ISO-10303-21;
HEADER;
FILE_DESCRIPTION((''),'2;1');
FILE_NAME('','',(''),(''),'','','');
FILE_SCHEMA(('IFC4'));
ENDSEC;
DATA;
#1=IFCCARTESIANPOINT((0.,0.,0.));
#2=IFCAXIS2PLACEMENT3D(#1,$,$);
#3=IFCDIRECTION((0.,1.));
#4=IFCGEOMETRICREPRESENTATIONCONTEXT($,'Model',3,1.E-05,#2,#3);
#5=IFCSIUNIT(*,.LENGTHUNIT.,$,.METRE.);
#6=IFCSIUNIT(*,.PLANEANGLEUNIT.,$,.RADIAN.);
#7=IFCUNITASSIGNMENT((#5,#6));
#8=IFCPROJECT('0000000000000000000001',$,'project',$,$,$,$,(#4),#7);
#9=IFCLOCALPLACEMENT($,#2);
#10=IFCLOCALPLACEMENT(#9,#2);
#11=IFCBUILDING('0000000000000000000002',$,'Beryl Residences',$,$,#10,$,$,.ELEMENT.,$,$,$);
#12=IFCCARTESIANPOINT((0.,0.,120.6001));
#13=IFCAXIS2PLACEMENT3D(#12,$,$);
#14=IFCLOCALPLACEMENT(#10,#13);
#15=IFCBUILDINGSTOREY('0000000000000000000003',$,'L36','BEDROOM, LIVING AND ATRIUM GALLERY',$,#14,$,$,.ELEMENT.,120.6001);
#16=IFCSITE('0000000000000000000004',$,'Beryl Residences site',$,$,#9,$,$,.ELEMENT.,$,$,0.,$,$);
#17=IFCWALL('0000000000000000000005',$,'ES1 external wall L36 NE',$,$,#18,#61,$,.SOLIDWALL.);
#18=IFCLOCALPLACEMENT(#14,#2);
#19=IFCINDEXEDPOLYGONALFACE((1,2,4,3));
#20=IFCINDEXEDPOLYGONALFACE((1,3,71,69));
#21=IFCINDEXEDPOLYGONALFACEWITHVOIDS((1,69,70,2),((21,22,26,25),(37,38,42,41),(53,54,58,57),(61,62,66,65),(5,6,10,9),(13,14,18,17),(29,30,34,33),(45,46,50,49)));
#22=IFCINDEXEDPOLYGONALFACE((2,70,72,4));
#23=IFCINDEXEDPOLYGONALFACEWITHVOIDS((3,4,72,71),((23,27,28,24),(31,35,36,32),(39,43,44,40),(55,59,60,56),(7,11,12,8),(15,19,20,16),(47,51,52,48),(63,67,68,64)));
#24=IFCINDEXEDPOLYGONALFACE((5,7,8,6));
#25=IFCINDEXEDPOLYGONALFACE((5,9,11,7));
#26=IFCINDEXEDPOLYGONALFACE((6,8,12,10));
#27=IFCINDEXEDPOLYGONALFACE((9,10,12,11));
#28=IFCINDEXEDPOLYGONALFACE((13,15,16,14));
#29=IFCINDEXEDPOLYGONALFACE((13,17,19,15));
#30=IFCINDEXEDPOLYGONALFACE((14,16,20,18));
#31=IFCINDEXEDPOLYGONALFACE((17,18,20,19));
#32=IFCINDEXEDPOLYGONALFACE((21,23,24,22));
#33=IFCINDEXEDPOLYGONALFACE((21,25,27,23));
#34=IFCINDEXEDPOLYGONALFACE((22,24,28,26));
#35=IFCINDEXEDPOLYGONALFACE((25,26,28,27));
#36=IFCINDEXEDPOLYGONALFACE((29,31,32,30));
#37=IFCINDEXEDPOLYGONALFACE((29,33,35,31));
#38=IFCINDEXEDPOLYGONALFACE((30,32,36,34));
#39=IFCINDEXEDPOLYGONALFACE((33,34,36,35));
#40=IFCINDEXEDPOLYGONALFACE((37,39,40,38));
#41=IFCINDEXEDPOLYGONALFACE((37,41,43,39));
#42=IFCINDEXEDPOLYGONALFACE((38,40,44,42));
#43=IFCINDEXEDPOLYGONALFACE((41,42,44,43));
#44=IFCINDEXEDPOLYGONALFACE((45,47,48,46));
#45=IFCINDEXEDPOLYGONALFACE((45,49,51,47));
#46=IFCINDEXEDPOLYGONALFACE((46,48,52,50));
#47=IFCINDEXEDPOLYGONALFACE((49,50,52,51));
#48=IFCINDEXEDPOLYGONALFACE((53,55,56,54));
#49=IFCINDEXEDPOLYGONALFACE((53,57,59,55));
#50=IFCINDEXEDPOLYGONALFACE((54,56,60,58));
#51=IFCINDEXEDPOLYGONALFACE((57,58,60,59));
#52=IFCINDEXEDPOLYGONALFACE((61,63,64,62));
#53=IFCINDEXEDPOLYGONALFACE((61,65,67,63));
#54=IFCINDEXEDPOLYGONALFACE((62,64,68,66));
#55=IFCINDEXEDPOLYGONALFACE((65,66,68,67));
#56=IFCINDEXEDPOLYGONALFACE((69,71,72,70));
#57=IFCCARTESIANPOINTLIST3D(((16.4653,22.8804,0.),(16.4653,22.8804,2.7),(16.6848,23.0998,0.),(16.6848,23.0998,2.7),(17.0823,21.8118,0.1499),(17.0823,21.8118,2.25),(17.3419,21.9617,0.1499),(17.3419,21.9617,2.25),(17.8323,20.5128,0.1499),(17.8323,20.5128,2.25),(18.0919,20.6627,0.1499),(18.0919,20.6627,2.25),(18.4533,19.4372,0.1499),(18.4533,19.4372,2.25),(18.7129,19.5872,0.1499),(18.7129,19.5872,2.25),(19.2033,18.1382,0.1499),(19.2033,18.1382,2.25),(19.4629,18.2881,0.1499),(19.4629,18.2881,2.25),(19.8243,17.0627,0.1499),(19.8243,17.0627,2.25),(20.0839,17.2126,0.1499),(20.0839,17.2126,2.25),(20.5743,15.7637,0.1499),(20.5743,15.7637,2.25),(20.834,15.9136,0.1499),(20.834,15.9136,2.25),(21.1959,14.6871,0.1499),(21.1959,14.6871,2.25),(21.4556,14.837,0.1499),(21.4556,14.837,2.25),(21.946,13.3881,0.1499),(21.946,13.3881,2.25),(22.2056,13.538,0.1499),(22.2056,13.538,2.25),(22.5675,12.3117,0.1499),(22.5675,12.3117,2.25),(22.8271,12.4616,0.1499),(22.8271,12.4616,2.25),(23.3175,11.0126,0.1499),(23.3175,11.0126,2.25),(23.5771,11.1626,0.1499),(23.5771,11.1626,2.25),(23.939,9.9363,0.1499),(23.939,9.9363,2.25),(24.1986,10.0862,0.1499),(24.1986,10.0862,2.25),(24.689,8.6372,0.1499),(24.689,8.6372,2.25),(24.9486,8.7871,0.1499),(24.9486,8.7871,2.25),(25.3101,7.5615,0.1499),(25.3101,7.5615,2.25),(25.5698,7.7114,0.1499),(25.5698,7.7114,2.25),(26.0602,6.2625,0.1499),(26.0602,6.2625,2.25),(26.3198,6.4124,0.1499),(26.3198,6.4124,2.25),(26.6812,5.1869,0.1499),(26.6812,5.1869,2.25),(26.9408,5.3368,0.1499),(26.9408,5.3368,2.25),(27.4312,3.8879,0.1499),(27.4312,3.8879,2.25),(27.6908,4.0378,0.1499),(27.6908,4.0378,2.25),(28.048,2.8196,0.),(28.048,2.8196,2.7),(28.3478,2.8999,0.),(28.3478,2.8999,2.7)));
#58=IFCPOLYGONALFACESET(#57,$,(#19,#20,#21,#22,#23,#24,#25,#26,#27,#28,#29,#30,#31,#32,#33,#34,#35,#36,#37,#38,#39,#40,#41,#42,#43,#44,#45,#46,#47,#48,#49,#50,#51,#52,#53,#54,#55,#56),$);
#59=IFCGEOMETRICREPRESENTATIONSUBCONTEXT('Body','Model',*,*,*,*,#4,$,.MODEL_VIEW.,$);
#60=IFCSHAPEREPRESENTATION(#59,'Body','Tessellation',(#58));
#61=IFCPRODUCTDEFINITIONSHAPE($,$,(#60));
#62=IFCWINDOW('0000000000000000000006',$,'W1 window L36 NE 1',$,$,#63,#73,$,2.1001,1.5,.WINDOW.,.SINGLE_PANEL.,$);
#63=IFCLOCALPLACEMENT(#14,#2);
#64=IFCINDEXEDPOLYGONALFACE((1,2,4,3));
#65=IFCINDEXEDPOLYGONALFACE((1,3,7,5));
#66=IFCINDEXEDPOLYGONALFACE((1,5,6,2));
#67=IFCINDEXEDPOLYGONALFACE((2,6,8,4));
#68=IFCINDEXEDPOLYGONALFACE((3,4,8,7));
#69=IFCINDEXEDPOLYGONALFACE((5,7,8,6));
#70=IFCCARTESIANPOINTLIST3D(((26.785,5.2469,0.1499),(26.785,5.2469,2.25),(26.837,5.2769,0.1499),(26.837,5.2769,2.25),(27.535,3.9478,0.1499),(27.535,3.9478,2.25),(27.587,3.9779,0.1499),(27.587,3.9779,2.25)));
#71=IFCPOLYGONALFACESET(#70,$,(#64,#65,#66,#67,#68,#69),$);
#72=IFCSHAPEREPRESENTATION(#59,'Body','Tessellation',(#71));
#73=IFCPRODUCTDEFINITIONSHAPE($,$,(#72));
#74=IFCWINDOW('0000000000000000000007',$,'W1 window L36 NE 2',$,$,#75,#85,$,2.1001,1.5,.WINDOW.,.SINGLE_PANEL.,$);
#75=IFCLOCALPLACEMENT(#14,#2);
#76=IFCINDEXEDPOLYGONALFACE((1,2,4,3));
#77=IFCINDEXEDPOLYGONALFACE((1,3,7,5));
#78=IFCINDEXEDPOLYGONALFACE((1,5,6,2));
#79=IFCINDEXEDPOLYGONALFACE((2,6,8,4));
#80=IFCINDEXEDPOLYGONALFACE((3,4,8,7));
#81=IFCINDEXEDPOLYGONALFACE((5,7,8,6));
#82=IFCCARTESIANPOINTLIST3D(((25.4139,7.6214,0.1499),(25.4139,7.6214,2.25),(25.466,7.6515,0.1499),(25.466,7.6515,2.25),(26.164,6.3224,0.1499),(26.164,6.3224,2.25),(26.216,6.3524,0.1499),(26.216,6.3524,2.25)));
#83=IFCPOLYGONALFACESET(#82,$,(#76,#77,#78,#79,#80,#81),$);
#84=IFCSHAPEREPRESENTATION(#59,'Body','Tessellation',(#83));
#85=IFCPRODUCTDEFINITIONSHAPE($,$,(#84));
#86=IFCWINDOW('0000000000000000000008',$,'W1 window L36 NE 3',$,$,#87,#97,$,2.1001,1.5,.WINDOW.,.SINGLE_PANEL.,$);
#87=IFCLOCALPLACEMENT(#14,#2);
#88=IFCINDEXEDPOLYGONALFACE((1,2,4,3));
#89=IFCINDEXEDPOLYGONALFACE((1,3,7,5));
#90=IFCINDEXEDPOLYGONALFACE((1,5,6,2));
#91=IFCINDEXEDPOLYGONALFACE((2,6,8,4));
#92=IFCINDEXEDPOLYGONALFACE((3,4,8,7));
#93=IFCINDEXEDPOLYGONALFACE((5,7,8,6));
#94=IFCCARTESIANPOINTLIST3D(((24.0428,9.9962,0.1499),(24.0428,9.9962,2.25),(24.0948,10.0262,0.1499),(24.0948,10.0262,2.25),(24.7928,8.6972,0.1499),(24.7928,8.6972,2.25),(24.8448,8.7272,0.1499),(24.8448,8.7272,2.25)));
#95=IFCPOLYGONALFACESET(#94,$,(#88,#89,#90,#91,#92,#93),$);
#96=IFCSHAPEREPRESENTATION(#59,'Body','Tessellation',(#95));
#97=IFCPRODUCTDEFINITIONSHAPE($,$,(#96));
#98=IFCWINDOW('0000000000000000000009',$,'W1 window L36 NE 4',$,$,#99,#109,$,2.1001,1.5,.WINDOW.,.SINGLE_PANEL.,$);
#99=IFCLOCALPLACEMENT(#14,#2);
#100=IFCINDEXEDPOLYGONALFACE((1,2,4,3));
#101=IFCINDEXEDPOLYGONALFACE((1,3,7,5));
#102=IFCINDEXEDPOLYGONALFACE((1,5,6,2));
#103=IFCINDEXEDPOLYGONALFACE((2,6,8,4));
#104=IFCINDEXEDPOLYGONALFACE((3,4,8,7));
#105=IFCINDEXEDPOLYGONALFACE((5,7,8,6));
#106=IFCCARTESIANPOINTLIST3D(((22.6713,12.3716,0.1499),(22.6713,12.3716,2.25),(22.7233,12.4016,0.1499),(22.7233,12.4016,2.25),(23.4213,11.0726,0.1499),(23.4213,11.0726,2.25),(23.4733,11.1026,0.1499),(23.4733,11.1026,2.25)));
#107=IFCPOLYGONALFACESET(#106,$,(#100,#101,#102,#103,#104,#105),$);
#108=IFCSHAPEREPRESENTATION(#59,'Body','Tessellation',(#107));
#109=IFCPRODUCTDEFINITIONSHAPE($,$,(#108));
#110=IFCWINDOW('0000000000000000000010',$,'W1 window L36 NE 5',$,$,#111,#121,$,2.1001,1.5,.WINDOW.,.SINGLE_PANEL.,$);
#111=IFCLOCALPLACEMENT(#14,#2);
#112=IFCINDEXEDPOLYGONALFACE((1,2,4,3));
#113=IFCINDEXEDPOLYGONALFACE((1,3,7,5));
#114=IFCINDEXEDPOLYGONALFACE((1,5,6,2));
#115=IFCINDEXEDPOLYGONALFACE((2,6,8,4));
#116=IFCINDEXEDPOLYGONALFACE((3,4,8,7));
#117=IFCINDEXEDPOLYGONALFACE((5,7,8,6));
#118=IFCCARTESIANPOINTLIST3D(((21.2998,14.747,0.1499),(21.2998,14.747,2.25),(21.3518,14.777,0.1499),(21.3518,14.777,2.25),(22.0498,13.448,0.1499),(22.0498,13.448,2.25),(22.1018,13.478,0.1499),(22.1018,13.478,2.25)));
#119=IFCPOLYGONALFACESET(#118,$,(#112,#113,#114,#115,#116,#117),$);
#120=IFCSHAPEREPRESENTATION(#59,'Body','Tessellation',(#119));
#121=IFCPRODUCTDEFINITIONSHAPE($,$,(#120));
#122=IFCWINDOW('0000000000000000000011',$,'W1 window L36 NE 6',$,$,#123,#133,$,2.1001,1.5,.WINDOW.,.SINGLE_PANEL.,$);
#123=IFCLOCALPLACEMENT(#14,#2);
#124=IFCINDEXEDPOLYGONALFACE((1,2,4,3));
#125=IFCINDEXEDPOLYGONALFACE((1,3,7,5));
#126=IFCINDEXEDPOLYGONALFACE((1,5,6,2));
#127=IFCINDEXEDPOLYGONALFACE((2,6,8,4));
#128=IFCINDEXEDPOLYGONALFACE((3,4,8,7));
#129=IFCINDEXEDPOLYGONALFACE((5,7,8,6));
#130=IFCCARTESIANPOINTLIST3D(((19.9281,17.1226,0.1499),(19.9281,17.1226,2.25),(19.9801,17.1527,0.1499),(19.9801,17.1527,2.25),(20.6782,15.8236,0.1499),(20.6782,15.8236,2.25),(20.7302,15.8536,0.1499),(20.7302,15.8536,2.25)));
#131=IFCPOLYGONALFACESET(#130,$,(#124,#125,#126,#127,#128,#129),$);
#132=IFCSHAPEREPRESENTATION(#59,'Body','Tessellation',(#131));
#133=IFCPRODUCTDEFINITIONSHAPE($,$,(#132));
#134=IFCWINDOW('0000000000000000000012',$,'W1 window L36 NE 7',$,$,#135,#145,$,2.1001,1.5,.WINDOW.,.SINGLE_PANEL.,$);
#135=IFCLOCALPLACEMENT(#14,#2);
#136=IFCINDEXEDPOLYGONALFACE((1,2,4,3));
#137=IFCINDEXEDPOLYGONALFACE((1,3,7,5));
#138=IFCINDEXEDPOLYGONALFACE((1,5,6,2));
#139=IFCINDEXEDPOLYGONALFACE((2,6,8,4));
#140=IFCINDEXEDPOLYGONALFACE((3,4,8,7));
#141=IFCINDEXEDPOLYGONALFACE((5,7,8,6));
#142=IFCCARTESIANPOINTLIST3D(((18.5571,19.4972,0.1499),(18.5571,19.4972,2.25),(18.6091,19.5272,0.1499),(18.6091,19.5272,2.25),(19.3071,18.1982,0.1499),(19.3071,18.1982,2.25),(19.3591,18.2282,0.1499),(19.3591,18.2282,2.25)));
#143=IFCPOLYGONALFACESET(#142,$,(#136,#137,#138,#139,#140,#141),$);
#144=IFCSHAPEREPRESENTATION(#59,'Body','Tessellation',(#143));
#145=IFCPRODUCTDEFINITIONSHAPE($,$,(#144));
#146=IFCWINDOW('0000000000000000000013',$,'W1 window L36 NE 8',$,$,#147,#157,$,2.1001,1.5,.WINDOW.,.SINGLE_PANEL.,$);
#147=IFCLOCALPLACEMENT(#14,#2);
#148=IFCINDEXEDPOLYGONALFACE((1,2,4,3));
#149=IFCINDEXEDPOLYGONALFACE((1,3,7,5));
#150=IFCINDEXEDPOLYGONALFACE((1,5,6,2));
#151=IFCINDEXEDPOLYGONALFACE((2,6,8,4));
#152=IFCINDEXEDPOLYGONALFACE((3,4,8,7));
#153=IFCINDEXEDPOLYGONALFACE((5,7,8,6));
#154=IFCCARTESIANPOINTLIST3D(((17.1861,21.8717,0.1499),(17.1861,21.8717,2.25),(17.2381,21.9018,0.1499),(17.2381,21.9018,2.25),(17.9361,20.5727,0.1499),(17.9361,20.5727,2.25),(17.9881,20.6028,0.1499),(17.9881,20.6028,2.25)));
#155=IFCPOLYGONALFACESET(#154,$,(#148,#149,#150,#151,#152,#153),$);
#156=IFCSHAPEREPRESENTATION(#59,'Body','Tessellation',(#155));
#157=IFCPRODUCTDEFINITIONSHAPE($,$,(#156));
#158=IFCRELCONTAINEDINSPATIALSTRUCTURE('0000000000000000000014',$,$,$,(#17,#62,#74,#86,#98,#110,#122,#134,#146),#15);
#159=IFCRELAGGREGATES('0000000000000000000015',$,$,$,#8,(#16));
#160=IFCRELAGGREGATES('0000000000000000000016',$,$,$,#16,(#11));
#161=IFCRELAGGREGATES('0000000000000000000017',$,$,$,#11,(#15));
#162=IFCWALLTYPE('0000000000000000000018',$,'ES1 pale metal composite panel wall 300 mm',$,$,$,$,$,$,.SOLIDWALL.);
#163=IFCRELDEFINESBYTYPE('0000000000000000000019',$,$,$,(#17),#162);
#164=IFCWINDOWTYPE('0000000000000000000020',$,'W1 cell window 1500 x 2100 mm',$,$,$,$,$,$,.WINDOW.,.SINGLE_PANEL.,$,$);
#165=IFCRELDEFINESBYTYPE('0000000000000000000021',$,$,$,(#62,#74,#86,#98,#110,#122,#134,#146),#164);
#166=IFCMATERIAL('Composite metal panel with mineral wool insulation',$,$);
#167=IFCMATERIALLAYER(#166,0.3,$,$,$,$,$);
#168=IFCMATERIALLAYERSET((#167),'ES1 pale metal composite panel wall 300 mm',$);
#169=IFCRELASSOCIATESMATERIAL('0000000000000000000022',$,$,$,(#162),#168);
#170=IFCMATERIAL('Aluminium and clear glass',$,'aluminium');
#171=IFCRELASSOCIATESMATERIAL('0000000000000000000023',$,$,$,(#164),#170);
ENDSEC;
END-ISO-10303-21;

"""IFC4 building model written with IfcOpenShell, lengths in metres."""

from ifc_helpers import new_model, si_unit, direction, frame, frame_2d, origin, place, context, subcontext, project, spatial, polyline, rectangle, outline, extrude, material, layer, layer_set, type_object, element, fill, save


model = new_model("IFC4")

# Units and contexts
model_context = context("Model", 3, precision=1e-05, world=origin(), true_north=direction((0.0, 1.0)))
body_context = subcontext(model_context, "Body", "Model", "MODEL_VIEW")
ifc_project = project(units=[si_unit("LENGTHUNIT", "METRE"), si_unit("PLANEANGLEUNIT", "RADIAN")], contexts=[model_context])

# Site, building, storey
site_placement = place(None, origin())
site = spatial("IfcSite", under=ifc_project, at=site_placement, Name="Beryl Residences site", CompositionType="ELEMENT", RefElevation=0.0)
building_placement = place(site_placement, origin())
building = spatial("IfcBuilding", under=site, at=building_placement, Name="Beryl Residences", CompositionType="ELEMENT")
storey_placement = place(building_placement, frame((0.0, 0.0, 120.6001)))
storey = spatial("IfcBuildingStorey", under=building, at=storey_placement, Name="L36", Description="BEDROOM, LIVING AND ATRIUM GALLERY", CompositionType="ELEMENT", Elevation=120.6001)

# Wall, openings, windows
ifc_material_1 = material(Name="Composite metal panel with mineral wool insulation")
ifc_layer = layer(ifc_material_1, 0.3)
ifc_layer_set = layer_set([ifc_layer], Name="ES1 pale metal composite panel wall 300 mm")
wall_type = type_object("IfcWallType", Name="ES1 pale metal composite panel wall 300 mm", PredefinedType="SOLIDWALL", material=ifc_layer_set)
wall_placement = place(storey_placement, frame((28.218, 2.825, 0.0), z_axis=(0.0, 0.0, 1.0), x_axis=(-0.500021, 0.866014, 0.0)))
wall = element("IfcWall", 1, at=wall_placement, inside=storey, type_object=wall_type, Name="ES1 external wall L36 NE", PredefinedType="SOLIDWALL", context=body_context, shape_type="SweptSolid", body=[
    extrude(outline(polyline([(0.0, -0.1499), (23.3252, -0.1499), (23.2449, 0.1499), (0.0803, 0.1499), (0.0, -0.1499)])), origin(), (0.0, 0.0, 1.0), 2.7),
])
opening_1_placement = place(wall_placement, frame((1.314, 0.0, 0.1499)))
opening_1 = element("IfcOpeningElement", 2, at=opening_1_placement, cuts=wall, PredefinedType="OPENING", context=body_context, shape_type="SweptSolid", body=[
    extrude(rectangle(XDim=1.5, YDim=2.1001, at=frame_2d((0.75, 1.05))), frame((0.0, 0.1599, 0.0), z_axis=(0.0, -1.0, 0.0), x_axis=(1.0, 0.0, 0.0)), (0.0, 0.0, 1.0), 0.3201),
])
opening_2_placement = place(wall_placement, frame((4.0559, 0.0, 0.1499)))
opening_2 = element("IfcOpeningElement", 3, at=opening_2_placement, cuts=wall, PredefinedType="OPENING", context=body_context, shape_type="SweptSolid", body=[
    extrude(rectangle(XDim=1.5, YDim=2.1001, at=frame_2d((0.75, 1.05))), frame((0.0, 0.1599, 0.0), z_axis=(0.0, -1.0, 0.0), x_axis=(1.0, 0.0, 0.0)), (0.0, 0.0, 1.0), 0.3201),
])
opening_3_placement = place(wall_placement, frame((6.7981, 0.0, 0.1499)))
opening_3 = element("IfcOpeningElement", 4, at=opening_3_placement, cuts=wall, PredefinedType="OPENING", context=body_context, shape_type="SweptSolid", body=[
    extrude(rectangle(XDim=1.5, YDim=2.1001, at=frame_2d((0.75, 1.05))), frame((0.0, 0.1599, 0.0), z_axis=(0.0, -1.0, 0.0), x_axis=(1.0, 0.0, 0.0)), (0.0, 0.0, 1.0), 0.3201),
])
opening_4_placement = place(wall_placement, frame((9.541, 0.0, 0.1499)))
opening_4 = element("IfcOpeningElement", 5, at=opening_4_placement, cuts=wall, PredefinedType="OPENING", context=body_context, shape_type="SweptSolid", body=[
    extrude(rectangle(XDim=1.5, YDim=2.1001, at=frame_2d((0.75, 1.05))), frame((0.0, 0.1599, 0.0), z_axis=(0.0, -1.0, 0.0), x_axis=(1.0, 0.0, 0.0)), (0.0, 0.0, 1.0), 0.3201),
])
opening_5_placement = place(wall_placement, frame((12.2839, 0.0, 0.1499)))
opening_5 = element("IfcOpeningElement", 6, at=opening_5_placement, cuts=wall, PredefinedType="OPENING", context=body_context, shape_type="SweptSolid", body=[
    extrude(rectangle(XDim=1.5, YDim=2.1001, at=frame_2d((0.75, 1.05))), frame((0.0, 0.1599, 0.0), z_axis=(0.0, -1.0, 0.0), x_axis=(1.0, 0.0, 0.0)), (0.0, 0.0, 1.0), 0.3201),
])
opening_6_placement = place(wall_placement, frame((15.0271, 0.0, 0.1499)))
opening_6 = element("IfcOpeningElement", 7, at=opening_6_placement, cuts=wall, PredefinedType="OPENING", context=body_context, shape_type="SweptSolid", body=[
    extrude(rectangle(XDim=1.5, YDim=2.1001, at=frame_2d((0.75, 1.05))), frame((0.0, 0.1599, 0.0), z_axis=(0.0, -1.0, 0.0), x_axis=(1.0, 0.0, 0.0)), (0.0, 0.0, 1.0), 0.3201),
])
opening_7_placement = place(wall_placement, frame((17.769, 0.0, 0.1499)))
opening_7 = element("IfcOpeningElement", 8, at=opening_7_placement, cuts=wall, PredefinedType="OPENING", context=body_context, shape_type="SweptSolid", body=[
    extrude(rectangle(XDim=1.5, YDim=2.1001, at=frame_2d((0.75, 1.05))), frame((0.0, 0.1599, 0.0), z_axis=(0.0, -1.0, 0.0), x_axis=(1.0, 0.0, 0.0)), (0.0, 0.0, 1.0), 0.3201),
])
opening_8_placement = place(wall_placement, frame((20.511, 0.0, 0.1499)))
opening_8 = element("IfcOpeningElement", 9, at=opening_8_placement, cuts=wall, PredefinedType="OPENING", context=body_context, shape_type="SweptSolid", body=[
    extrude(rectangle(XDim=1.5, YDim=2.1001, at=frame_2d((0.75, 1.05))), frame((0.0, 0.1599, 0.0), z_axis=(0.0, -1.0, 0.0), x_axis=(1.0, 0.0, 0.0)), (0.0, 0.0, 1.0), 0.3201),
])
ifc_material_2 = material(Name="Aluminium and clear glass", Category="aluminium")
window_type = type_object("IfcWindowType", Name="W1 cell window 1500 x 2100 mm", PartitioningType="SINGLE_PANEL", PredefinedType="WINDOW", material=ifc_material_2)
window_1_placement = place(opening_1_placement, origin())
window_1 = element("IfcWindow", 10, at=window_1_placement, inside=storey, type_object=window_type, Name="W1 window L36 NE 1", OverallHeight=2.1001, OverallWidth=1.5, PartitioningType="SINGLE_PANEL", PredefinedType="WINDOW", context=body_context, shape_type="SweptSolid", body=[
    extrude(rectangle(XDim=1.5, YDim=2.1001, at=frame_2d((0.75, 1.05))), frame((0.0, 0.03, 0.0), z_axis=(0.0, -1.0, 0.0), x_axis=(1.0, 0.0, 0.0)), (0.0, 0.0, 1.0), 0.0601),
])
fill(opening_1, window_1)
window_2_placement = place(opening_2_placement, origin())
window_2 = element("IfcWindow", 11, at=window_2_placement, inside=storey, type_object=window_type, Name="W1 window L36 NE 2", OverallHeight=2.1001, OverallWidth=1.5, PartitioningType="SINGLE_PANEL", PredefinedType="WINDOW", context=body_context, shape_type="SweptSolid", body=[
    extrude(rectangle(XDim=1.5, YDim=2.1001, at=frame_2d((0.75, 1.05))), frame((0.0, 0.03, 0.0), z_axis=(0.0, -1.0, 0.0), x_axis=(1.0, 0.0, 0.0)), (0.0, 0.0, 1.0), 0.0601),
])
fill(opening_2, window_2)
window_3_placement = place(opening_3_placement, origin())
window_3 = element("IfcWindow", 12, at=window_3_placement, inside=storey, type_object=window_type, Name="W1 window L36 NE 3", OverallHeight=2.1001, OverallWidth=1.5, PartitioningType="SINGLE_PANEL", PredefinedType="WINDOW", context=body_context, shape_type="SweptSolid", body=[
    extrude(rectangle(XDim=1.5, YDim=2.1001, at=frame_2d((0.75, 1.05))), frame((0.0, 0.03, 0.0), z_axis=(0.0, -1.0, 0.0), x_axis=(1.0, 0.0, 0.0)), (0.0, 0.0, 1.0), 0.0601),
])
fill(opening_3, window_3)
window_4_placement = place(opening_4_placement, origin())
window_4 = element("IfcWindow", 13, at=window_4_placement, inside=storey, type_object=window_type, Name="W1 window L36 NE 4", OverallHeight=2.1001, OverallWidth=1.5, PartitioningType="SINGLE_PANEL", PredefinedType="WINDOW", context=body_context, shape_type="SweptSolid", body=[
    extrude(rectangle(XDim=1.5, YDim=2.1001, at=frame_2d((0.75, 1.05))), frame((0.0, 0.03, 0.0), z_axis=(0.0, -1.0, 0.0), x_axis=(1.0, 0.0, 0.0)), (0.0, 0.0, 1.0), 0.0601),
])
fill(opening_4, window_4)
window_5_placement = place(opening_5_placement, origin())
window_5 = element("IfcWindow", 14, at=window_5_placement, inside=storey, type_object=window_type, Name="W1 window L36 NE 5", OverallHeight=2.1001, OverallWidth=1.5, PartitioningType="SINGLE_PANEL", PredefinedType="WINDOW", context=body_context, shape_type="SweptSolid", body=[
    extrude(rectangle(XDim=1.5, YDim=2.1001, at=frame_2d((0.75, 1.05))), frame((0.0, 0.03, 0.0), z_axis=(0.0, -1.0, 0.0), x_axis=(1.0, 0.0, 0.0)), (0.0, 0.0, 1.0), 0.0601),
])
fill(opening_5, window_5)
window_6_placement = place(opening_6_placement, origin())
window_6 = element("IfcWindow", 15, at=window_6_placement, inside=storey, type_object=window_type, Name="W1 window L36 NE 6", OverallHeight=2.1001, OverallWidth=1.5, PartitioningType="SINGLE_PANEL", PredefinedType="WINDOW", context=body_context, shape_type="SweptSolid", body=[
    extrude(rectangle(XDim=1.5, YDim=2.1001, at=frame_2d((0.75, 1.05))), frame((0.0, 0.03, 0.0), z_axis=(0.0, -1.0, 0.0), x_axis=(1.0, 0.0, 0.0)), (0.0, 0.0, 1.0), 0.0601),
])
fill(opening_6, window_6)
window_7_placement = place(opening_7_placement, origin())
window_7 = element("IfcWindow", 16, at=window_7_placement, inside=storey, type_object=window_type, Name="W1 window L36 NE 7", OverallHeight=2.1001, OverallWidth=1.5, PartitioningType="SINGLE_PANEL", PredefinedType="WINDOW", context=body_context, shape_type="SweptSolid", body=[
    extrude(rectangle(XDim=1.5, YDim=2.1001, at=frame_2d((0.75, 1.05))), frame((0.0, 0.03, 0.0), z_axis=(0.0, -1.0, 0.0), x_axis=(1.0, 0.0, 0.0)), (0.0, 0.0, 1.0), 0.0601),
])
fill(opening_7, window_7)
window_8_placement = place(opening_8_placement, origin())
window_8 = element("IfcWindow", 17, at=window_8_placement, inside=storey, type_object=window_type, Name="W1 window L36 NE 8", OverallHeight=2.1001, OverallWidth=1.5, PartitioningType="SINGLE_PANEL", PredefinedType="WINDOW", context=body_context, shape_type="SweptSolid", body=[
    extrude(rectangle(XDim=1.5, YDim=2.1001, at=frame_2d((0.75, 1.05))), frame((0.0, 0.03, 0.0), z_axis=(0.0, -1.0, 0.0), x_axis=(1.0, 0.0, 0.0)), (0.0, 0.0, 1.0), 0.0601),
])
fill(opening_8, window_8)

save(model, "model.ifc")
